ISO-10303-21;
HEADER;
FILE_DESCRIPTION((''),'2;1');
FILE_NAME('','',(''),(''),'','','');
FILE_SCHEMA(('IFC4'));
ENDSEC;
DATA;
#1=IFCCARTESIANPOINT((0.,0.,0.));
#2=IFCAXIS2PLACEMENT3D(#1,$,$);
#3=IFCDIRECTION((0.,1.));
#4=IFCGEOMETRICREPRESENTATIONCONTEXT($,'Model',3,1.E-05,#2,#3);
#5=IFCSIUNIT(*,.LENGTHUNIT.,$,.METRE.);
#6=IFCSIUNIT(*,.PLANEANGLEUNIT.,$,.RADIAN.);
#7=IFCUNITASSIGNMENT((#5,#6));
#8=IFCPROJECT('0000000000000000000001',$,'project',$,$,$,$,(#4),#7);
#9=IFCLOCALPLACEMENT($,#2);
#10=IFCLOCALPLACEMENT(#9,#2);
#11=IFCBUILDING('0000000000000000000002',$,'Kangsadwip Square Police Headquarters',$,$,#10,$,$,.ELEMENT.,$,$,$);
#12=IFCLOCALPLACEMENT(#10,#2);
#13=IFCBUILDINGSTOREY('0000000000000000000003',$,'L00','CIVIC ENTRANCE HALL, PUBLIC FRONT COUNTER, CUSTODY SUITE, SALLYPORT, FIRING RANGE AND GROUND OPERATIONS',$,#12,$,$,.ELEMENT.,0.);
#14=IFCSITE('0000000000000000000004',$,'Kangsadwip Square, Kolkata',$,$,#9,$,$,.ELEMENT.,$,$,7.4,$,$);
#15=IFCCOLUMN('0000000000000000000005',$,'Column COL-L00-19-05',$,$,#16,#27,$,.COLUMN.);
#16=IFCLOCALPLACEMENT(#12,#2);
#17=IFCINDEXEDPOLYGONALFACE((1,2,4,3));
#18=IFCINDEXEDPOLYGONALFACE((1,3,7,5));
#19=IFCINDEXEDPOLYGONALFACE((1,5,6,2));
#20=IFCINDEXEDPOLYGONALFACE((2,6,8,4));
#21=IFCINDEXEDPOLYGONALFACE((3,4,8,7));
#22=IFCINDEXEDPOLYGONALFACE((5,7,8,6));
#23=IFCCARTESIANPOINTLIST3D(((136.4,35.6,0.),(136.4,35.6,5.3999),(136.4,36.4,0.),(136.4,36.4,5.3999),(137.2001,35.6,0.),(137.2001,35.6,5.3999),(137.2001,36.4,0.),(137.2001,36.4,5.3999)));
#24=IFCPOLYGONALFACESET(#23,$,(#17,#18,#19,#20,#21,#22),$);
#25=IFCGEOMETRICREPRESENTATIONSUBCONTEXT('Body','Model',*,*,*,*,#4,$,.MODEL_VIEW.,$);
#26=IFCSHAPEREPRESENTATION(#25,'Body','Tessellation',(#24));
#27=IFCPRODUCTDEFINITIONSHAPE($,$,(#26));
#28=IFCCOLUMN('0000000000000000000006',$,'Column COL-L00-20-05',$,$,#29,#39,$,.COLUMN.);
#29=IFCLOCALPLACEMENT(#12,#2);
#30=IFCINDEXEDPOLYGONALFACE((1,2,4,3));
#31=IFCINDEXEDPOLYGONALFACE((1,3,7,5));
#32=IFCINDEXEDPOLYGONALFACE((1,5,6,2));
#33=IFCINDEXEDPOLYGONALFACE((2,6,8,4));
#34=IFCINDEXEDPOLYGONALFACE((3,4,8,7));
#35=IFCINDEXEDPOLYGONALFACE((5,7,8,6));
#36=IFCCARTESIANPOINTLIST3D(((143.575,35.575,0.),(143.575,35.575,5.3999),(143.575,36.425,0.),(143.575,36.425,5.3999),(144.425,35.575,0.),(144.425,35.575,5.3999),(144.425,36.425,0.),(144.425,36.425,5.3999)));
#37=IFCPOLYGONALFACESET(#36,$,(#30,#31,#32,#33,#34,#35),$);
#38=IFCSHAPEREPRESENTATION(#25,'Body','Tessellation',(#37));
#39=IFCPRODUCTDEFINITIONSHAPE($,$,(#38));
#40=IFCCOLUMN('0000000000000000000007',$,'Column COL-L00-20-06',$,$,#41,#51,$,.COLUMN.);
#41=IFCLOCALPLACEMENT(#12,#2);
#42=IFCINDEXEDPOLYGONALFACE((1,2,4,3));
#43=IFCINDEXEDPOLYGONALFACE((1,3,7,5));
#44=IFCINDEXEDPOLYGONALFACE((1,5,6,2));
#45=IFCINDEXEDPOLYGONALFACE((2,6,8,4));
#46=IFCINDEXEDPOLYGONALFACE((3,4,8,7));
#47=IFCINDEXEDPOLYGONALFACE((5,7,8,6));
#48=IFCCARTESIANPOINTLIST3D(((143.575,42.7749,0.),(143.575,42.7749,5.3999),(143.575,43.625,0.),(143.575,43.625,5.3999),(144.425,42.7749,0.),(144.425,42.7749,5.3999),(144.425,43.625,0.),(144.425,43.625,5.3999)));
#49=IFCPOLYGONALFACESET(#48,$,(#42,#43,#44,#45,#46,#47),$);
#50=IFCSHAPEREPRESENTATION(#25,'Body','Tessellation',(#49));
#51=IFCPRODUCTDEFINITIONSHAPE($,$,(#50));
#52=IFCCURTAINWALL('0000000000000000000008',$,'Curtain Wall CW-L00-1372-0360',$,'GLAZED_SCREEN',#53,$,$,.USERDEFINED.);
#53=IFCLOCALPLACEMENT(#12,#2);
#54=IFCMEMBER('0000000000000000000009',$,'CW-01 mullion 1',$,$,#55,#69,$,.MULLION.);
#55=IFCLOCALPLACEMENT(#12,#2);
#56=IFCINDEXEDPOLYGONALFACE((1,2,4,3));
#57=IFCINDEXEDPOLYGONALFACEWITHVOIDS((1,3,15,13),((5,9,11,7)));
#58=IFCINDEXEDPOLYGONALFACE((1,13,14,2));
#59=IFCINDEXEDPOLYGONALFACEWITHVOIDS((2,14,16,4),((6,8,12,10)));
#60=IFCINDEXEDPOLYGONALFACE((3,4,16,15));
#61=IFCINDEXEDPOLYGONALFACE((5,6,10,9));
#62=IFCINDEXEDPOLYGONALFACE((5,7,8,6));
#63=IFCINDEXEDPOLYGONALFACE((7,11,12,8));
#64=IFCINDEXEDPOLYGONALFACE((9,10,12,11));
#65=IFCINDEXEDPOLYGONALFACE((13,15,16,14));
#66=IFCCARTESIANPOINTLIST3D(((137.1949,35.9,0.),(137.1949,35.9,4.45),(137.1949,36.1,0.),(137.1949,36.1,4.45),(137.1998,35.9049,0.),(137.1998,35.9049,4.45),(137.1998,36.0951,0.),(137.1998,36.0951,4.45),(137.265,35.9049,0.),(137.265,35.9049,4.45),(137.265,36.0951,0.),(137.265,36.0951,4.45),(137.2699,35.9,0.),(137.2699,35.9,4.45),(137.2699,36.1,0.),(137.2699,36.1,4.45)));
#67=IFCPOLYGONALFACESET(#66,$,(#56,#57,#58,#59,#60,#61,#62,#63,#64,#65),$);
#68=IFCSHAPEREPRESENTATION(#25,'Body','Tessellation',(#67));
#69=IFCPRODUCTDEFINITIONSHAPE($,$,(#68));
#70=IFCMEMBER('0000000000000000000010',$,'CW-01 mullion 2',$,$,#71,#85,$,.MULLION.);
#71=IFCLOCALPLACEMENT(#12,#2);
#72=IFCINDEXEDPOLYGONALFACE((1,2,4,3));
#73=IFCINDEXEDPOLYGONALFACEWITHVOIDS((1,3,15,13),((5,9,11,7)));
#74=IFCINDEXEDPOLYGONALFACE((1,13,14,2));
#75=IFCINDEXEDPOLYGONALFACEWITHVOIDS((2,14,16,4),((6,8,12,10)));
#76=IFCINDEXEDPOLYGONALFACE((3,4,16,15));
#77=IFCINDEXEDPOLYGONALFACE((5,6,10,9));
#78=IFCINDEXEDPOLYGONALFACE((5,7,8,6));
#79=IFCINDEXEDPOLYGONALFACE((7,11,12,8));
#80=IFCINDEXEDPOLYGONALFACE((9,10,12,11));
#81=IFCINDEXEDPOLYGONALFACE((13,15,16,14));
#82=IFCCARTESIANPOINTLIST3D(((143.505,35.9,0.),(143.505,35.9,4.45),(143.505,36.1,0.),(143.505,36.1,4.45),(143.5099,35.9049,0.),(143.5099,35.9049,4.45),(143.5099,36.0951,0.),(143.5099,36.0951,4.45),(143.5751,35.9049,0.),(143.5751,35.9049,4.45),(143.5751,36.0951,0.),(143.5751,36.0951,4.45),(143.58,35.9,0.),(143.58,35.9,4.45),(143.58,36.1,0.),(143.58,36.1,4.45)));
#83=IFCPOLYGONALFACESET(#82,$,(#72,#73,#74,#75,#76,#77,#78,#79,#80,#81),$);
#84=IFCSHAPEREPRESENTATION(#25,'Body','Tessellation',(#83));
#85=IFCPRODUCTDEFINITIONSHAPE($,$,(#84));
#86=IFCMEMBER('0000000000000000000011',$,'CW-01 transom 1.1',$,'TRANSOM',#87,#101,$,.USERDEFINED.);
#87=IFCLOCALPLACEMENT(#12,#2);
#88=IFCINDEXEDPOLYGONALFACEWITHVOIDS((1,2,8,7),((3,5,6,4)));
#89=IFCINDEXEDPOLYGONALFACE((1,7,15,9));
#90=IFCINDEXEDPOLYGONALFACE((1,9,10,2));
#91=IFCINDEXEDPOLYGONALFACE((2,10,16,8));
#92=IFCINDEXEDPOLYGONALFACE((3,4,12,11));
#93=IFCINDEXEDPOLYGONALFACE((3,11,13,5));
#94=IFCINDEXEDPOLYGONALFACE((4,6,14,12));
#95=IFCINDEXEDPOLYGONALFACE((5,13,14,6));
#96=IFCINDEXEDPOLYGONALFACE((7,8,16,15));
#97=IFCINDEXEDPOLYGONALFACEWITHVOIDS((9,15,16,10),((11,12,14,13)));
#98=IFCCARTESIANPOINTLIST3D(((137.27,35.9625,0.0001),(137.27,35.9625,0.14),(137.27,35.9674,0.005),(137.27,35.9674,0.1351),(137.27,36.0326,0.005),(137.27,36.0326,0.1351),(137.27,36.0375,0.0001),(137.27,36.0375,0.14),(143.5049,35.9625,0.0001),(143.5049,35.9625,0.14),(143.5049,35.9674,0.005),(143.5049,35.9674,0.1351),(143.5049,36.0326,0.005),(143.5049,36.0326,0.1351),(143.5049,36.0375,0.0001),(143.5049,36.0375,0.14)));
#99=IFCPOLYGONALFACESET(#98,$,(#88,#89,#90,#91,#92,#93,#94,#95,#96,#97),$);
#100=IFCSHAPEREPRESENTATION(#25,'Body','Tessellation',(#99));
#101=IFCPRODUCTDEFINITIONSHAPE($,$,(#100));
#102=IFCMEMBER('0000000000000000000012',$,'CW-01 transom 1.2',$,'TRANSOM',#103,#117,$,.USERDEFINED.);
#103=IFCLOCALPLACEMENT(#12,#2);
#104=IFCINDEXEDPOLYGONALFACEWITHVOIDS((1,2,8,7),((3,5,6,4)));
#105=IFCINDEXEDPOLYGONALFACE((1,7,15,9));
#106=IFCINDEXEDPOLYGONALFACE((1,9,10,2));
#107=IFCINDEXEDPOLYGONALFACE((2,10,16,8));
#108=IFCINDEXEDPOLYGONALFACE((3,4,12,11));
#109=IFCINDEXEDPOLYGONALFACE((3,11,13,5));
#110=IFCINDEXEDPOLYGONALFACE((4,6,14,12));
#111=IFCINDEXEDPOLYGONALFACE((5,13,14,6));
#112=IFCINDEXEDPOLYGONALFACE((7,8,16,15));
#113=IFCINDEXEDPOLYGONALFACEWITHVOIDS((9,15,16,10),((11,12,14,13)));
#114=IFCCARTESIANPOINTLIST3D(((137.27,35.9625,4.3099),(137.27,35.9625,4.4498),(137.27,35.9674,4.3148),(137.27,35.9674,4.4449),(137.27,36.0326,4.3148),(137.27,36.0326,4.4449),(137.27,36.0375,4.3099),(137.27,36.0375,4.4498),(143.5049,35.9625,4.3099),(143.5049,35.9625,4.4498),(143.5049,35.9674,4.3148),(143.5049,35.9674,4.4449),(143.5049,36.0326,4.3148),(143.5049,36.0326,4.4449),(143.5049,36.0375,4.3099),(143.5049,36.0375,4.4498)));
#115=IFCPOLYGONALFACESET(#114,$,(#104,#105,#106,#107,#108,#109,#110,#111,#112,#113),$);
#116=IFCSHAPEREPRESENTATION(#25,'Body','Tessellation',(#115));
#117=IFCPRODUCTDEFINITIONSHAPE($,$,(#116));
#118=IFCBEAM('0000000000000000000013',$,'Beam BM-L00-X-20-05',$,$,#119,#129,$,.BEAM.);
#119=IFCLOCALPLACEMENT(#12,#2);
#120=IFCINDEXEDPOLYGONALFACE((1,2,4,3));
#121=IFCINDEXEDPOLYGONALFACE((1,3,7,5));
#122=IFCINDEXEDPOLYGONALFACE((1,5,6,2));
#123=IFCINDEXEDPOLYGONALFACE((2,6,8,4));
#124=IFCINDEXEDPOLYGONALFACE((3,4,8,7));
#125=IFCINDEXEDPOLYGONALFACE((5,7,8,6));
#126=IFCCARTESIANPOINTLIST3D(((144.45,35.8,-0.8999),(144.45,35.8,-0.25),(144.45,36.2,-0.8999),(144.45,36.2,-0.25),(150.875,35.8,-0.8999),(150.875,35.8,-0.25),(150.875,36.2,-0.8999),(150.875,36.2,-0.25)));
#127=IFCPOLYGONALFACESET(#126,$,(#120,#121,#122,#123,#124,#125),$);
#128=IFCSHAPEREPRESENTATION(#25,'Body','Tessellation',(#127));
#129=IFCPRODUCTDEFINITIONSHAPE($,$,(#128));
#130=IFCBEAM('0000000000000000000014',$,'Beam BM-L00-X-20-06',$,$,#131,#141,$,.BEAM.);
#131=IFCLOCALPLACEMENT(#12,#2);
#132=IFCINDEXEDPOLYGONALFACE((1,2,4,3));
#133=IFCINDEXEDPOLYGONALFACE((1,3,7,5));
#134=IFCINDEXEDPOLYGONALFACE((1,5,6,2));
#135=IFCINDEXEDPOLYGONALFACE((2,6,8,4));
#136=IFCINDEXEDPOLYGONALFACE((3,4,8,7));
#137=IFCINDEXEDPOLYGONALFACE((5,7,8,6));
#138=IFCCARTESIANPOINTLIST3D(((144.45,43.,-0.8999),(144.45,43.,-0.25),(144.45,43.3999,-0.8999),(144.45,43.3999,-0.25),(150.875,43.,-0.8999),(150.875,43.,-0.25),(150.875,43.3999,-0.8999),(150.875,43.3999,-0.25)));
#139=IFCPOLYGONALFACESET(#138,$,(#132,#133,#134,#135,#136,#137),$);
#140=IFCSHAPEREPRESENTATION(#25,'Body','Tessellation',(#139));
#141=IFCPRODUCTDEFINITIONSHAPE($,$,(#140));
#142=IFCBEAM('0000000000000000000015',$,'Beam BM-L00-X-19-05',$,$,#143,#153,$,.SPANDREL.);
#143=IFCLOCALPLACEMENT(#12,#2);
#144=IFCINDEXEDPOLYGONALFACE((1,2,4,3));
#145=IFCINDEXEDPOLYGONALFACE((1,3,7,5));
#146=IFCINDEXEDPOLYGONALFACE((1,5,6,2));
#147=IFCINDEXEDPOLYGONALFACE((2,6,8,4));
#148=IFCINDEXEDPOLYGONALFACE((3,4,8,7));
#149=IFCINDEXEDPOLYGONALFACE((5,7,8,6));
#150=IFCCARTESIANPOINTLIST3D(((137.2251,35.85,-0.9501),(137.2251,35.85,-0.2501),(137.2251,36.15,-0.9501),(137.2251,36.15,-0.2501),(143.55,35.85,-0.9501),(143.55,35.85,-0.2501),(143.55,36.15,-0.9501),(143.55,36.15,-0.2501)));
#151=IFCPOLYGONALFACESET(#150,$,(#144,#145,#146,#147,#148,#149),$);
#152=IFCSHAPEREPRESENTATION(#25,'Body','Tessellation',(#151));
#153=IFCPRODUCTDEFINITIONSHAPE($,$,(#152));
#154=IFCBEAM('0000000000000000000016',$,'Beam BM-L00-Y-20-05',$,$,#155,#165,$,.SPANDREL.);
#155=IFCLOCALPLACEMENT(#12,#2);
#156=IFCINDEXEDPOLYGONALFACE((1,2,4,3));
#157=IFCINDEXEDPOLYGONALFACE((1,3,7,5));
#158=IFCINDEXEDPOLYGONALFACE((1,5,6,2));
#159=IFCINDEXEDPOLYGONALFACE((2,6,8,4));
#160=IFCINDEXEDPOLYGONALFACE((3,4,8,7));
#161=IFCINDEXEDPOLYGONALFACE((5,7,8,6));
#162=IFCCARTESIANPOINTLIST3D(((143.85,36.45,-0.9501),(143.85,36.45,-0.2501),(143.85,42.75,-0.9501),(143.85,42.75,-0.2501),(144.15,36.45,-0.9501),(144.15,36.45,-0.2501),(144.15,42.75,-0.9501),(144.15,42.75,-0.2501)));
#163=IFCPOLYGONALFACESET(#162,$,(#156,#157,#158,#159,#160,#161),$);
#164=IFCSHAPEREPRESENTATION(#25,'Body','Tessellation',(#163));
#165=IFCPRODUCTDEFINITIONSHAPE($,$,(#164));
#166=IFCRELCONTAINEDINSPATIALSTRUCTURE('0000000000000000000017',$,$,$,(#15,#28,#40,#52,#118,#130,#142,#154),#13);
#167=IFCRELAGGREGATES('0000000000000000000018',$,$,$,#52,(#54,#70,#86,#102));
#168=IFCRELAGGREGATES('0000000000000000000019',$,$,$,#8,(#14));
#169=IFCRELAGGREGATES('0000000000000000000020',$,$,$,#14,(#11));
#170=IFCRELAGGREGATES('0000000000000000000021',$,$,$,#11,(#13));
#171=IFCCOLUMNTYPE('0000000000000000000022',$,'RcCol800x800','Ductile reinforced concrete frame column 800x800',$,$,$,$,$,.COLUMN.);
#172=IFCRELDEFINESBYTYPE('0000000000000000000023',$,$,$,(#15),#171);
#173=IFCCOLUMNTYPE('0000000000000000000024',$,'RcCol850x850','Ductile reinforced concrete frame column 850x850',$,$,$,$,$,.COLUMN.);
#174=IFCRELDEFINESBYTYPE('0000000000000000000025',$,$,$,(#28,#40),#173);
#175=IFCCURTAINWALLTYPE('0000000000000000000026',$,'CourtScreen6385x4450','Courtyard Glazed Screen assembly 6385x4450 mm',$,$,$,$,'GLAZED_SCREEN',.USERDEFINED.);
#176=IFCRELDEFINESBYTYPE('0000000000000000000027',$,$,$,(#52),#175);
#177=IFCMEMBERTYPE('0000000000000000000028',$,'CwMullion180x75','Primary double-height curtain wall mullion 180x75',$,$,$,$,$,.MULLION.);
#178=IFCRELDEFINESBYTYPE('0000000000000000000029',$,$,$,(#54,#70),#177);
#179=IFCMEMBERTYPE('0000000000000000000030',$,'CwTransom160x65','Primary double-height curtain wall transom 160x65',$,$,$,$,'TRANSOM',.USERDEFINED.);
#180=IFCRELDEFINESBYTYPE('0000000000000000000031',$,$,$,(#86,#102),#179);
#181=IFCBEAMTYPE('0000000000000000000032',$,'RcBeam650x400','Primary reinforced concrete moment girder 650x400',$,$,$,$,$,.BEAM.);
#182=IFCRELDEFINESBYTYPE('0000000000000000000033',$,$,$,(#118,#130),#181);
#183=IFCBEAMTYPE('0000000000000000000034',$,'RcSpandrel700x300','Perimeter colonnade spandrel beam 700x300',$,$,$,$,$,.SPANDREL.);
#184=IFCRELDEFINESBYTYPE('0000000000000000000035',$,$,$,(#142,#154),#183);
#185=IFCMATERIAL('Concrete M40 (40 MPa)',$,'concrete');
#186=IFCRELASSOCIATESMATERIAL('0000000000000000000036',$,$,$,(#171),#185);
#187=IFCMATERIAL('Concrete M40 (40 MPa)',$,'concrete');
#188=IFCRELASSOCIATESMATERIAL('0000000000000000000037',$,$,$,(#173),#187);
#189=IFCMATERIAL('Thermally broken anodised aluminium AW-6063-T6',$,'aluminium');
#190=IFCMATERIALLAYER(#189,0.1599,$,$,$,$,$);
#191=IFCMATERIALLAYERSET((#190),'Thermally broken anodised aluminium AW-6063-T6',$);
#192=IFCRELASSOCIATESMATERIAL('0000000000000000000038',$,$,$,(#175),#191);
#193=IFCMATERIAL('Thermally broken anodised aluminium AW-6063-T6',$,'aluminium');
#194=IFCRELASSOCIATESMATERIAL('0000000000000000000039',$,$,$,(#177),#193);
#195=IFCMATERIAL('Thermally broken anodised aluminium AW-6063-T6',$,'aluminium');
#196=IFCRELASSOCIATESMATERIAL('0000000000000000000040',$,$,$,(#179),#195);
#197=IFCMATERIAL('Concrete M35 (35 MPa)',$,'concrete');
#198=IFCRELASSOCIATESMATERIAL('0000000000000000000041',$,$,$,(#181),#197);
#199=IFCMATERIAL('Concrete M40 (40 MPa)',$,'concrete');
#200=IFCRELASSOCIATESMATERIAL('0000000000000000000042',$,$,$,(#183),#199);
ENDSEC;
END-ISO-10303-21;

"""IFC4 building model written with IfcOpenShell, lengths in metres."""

from ifc_helpers import new_model, si_unit, direction, frame, origin, origin_2d, place, context, subcontext, project, spatial, rectangle, hollow_rectangle, extrude, material, layer, layer_set, material_profile, profile_set, type_object, element, aggregate, save


model = new_model("IFC4")

# Units and contexts
model_context = context("Model", 3, precision=1e-05, world=origin(), true_north=direction((0.0, 1.0)))
body_context = subcontext(model_context, "Body", "Model", "MODEL_VIEW")
ifc_project = project(units=[si_unit("LENGTHUNIT", "METRE"), si_unit("PLANEANGLEUNIT", "RADIAN")], contexts=[model_context])

# Site, building, storey
site_placement = place(None, origin())
site = spatial("IfcSite", under=ifc_project, at=site_placement, Name="Kangsadwip Square, Kolkata", CompositionType="ELEMENT", RefElevation=7.4)
building_placement = place(site_placement, origin())
building = spatial("IfcBuilding", under=site, at=building_placement, Name="Kangsadwip Square Police Headquarters", CompositionType="ELEMENT")
storey_placement = place(building_placement, origin())
storey = spatial("IfcBuildingStorey", under=building, at=storey_placement, Name="L00", Description="CIVIC ENTRANCE HALL, PUBLIC FRONT COUNTER, CUSTODY SUITE, SALLYPORT, FIRING RANGE AND GROUND OPERATIONS", CompositionType="ELEMENT", Elevation=0.0)

# Columns
ifc_material_1 = material(Name="Concrete M40 (40 MPa)", Category="concrete")
ifc_material_profile_1 = material_profile(ifc_material_1, rectangle(XDim=0.8, YDim=0.8, at=origin_2d()), Name="RC COL 800X800")
ifc_profile_set_1 = profile_set([ifc_material_profile_1], Name="Concrete M40 (40 MPa)")
column_type_1 = type_object("IfcColumnType", Name="RcCol800x800", Description="Ductile reinforced concrete frame column 800x800", PredefinedType="COLUMN", material=ifc_profile_set_1)
column_placement = place(storey_placement, frame((136.8, 36.0, 0.0), z_axis=(0.0, 0.0, 1.0), x_axis=(1.0, 0.0, 0.0)))
element("IfcColumn", 1, at=column_placement, inside=storey, type_object=column_type_1, Name="Column COL-L00-19-05", PredefinedType="COLUMN", context=body_context, shape_type="SweptSolid", body=[
    extrude(rectangle(XDim=0.8, YDim=0.8, at=origin_2d()), origin(), (0.0, 0.0, 1.0), 5.3999),
])
ifc_material_2 = material(Name="Concrete M40 (40 MPa)", Category="concrete")
ifc_material_profile_2 = material_profile(ifc_material_2, rectangle(XDim=0.8501, YDim=0.8501, at=origin_2d()), Name="RC COL 850X850")
ifc_profile_set_2 = profile_set([ifc_material_profile_2], Name="Concrete M40 (40 MPa)")
column_type_2 = type_object("IfcColumnType", Name="RcCol850x850", Description="Ductile reinforced concrete frame column 850x850", PredefinedType="COLUMN", material=ifc_profile_set_2)
for number, where, z_axis, x_axis, name in (
    (2, (144.0, 36.0, 0.0), (0.0, 0.0, 1.0), (1.0, 0.0, 0.0), "Column COL-L00-20-05"),
    (3, (144.0, 43.2, 0.0), (0.0, 0.0, 1.0), (1.0, 0.0, 0.0), "Column COL-L00-20-06"),
):
    element("IfcColumn", number, at=place(storey_placement, frame(where, z_axis=z_axis, x_axis=x_axis)), inside=storey, type_object=column_type_2, Name=name, PredefinedType="COLUMN", context=body_context, shape_type="SweptSolid", body=[
        extrude(rectangle(XDim=0.8501, YDim=0.8501, at=origin_2d()), origin(), (0.0, 0.0, 1.0), 5.3999),
    ])

# Curtain wall, members
ifc_material_3 = material(Name="Thermally broken anodised aluminium AW-6063-T6", Category="aluminium")
ifc_layer_1 = layer(ifc_material_3, 0.1599)
ifc_layer_set_1 = layer_set([ifc_layer_1], Name="Thermally broken anodised aluminium AW-6063-T6")
curtain_wall_type = type_object("IfcCurtainWallType", Name="CourtScreen6385x4450", Description="Courtyard Glazed Screen assembly 6385x4450 mm", ElementType="GLAZED_SCREEN", PredefinedType="USERDEFINED", material=ifc_layer_set_1)
curtain_wall_placement = place(storey_placement, origin())
curtain_wall = element("IfcCurtainWall", 4, at=curtain_wall_placement, inside=storey, type_object=curtain_wall_type, Name="Curtain Wall CW-L00-1372-0360", ObjectType="GLAZED_SCREEN", PredefinedType="USERDEFINED")
ifc_material_4 = material(Name="Thermally broken anodised aluminium AW-6063-T6", Category="aluminium")
ifc_material_profile_3 = material_profile(ifc_material_4, hollow_rectangle(XDim=0.075, YDim=0.2, WallThickness=0.0049, at=origin_2d()), Name="CWM 200X75X5")
ifc_profile_set_3 = profile_set([ifc_material_profile_3], Name="Thermally broken anodised aluminium AW-6063-T6")
member_type_1 = type_object("IfcMemberType", Name="CwMullion180x75", Description="Primary double-height curtain wall mullion 180x75", PredefinedType="MULLION", material=ifc_profile_set_3)
member_1_placement = place(storey_placement, frame((137.2324, 36.0, 0.0), z_axis=(0.0, 0.0, 1.0), x_axis=(1.0, 0.0, 0.0)))
member_1 = element("IfcMember", 5, at=member_1_placement, type_object=member_type_1, Name="CW-01 mullion 1", PredefinedType="MULLION", context=body_context, shape_type="SweptSolid", body=[
    extrude(hollow_rectangle(XDim=0.075, YDim=0.2, WallThickness=0.0049, at=origin_2d()), origin(), (0.0, 0.0, 1.0), 4.45),
])
member_2_placement = place(storey_placement, frame((143.5425, 36.0, 0.0), z_axis=(0.0, 0.0, 1.0), x_axis=(1.0, 0.0, 0.0)))
member_2 = element("IfcMember", 6, at=member_2_placement, type_object=member_type_1, Name="CW-01 mullion 2", PredefinedType="MULLION", context=body_context, shape_type="SweptSolid", body=[
    extrude(hollow_rectangle(XDim=0.075, YDim=0.2, WallThickness=0.0049, at=origin_2d()), origin(), (0.0, 0.0, 1.0), 4.45),
])
ifc_material_5 = material(Name="Thermally broken anodised aluminium AW-6063-T6", Category="aluminium")
ifc_material_profile_4 = material_profile(ifc_material_5, hollow_rectangle(XDim=0.075, YDim=0.1399, WallThickness=0.0049, at=origin_2d()), Name="CWT 140X75X5")
ifc_profile_set_4 = profile_set([ifc_material_profile_4], Name="Thermally broken anodised aluminium AW-6063-T6")
member_type_2 = type_object("IfcMemberType", Name="CwTransom160x65", Description="Primary double-height curtain wall transom 160x65", ElementType="TRANSOM", PredefinedType="USERDEFINED", material=ifc_profile_set_4)
member_3_placement = place(storey_placement, frame((137.27, 36.0, 0.0701), z_axis=(1.0, 0.0, 0.0), x_axis=(0.0, 1.0, 0.0)))
member_3 = element("IfcMember", 7, at=member_3_placement, type_object=member_type_2, Name="CW-01 transom 1.1", ObjectType="TRANSOM", PredefinedType="USERDEFINED", context=body_context, shape_type="SweptSolid", body=[
    extrude(hollow_rectangle(XDim=0.075, YDim=0.1399, WallThickness=0.0049, at=origin_2d()), origin(), (0.0, 0.0, 1.0), 6.2349),
])
member_4_placement = place(storey_placement, frame((137.27, 36.0, 4.3799), z_axis=(1.0, 0.0, 0.0), x_axis=(0.0, 1.0, 0.0)))
member_4 = element("IfcMember", 8, at=member_4_placement, type_object=member_type_2, Name="CW-01 transom 1.2", ObjectType="TRANSOM", PredefinedType="USERDEFINED", context=body_context, shape_type="SweptSolid", body=[
    extrude(hollow_rectangle(XDim=0.075, YDim=0.1399, WallThickness=0.0049, at=origin_2d()), origin(), (0.0, 0.0, 1.0), 6.2349),
])

# Beams
ifc_material_6 = material(Name="Concrete M35 (35 MPa)", Category="concrete")
ifc_material_profile_5 = material_profile(ifc_material_6, rectangle(XDim=0.3999, YDim=0.6499, at=origin_2d()), Name="RC BM 650X400")
ifc_profile_set_5 = profile_set([ifc_material_profile_5], Name="Concrete M35 (35 MPa)")
beam_type_1 = type_object("IfcBeamType", Name="RcBeam650x400", Description="Primary reinforced concrete moment girder 650x400", PredefinedType="BEAM", material=ifc_profile_set_5)
for number, where, z_axis, x_axis, name in (
    (9, (144.45, 36.0, -0.575), (1.0, 0.0, 0.0), (0.0, 1.0, 0.0), "Beam BM-L00-X-20-05"),
    (10, (144.45, 43.2, -0.575), (1.0, 0.0, 0.0), (0.0, 1.0, 0.0), "Beam BM-L00-X-20-06"),
):
    element("IfcBeam", number, at=place(storey_placement, frame(where, z_axis=z_axis, x_axis=x_axis)), inside=storey, type_object=beam_type_1, Name=name, PredefinedType="BEAM", context=body_context, shape_type="SweptSolid", body=[
        extrude(rectangle(XDim=0.3999, YDim=0.6499, at=origin_2d()), origin(), (0.0, 0.0, 1.0), 6.425),
    ])
ifc_material_7 = material(Name="Concrete M40 (40 MPa)", Category="concrete")
ifc_material_profile_6 = material_profile(ifc_material_7, rectangle(XDim=0.3, YDim=0.7, at=origin_2d()), Name="RC SPN 700X300")
ifc_profile_set_6 = profile_set([ifc_material_profile_6], Name="Concrete M40 (40 MPa)")
beam_type_2 = type_object("IfcBeamType", Name="RcSpandrel700x300", Description="Perimeter colonnade spandrel beam 700x300", PredefinedType="SPANDREL", material=ifc_profile_set_6)
beam_1_placement = place(storey_placement, frame((137.2251, 36.0, -0.6001), z_axis=(1.0, 0.0, 0.0), x_axis=(0.0, 1.0, 0.0)))
element("IfcBeam", 11, at=beam_1_placement, inside=storey, type_object=beam_type_2, Name="Beam BM-L00-X-19-05", PredefinedType="SPANDREL", context=body_context, shape_type="SweptSolid", body=[
    extrude(rectangle(XDim=0.3, YDim=0.7, at=origin_2d()), origin(), (0.0, 0.0, 1.0), 6.325),
])
beam_2_placement = place(storey_placement, frame((144.0, 36.45, -0.6001), z_axis=(0.0, 1.0, 0.0), x_axis=(-1.0, 0.0, 0.0)))
element("IfcBeam", 12, at=beam_2_placement, inside=storey, type_object=beam_type_2, Name="Beam BM-L00-Y-20-05", PredefinedType="SPANDREL", context=body_context, shape_type="SweptSolid", body=[
    extrude(rectangle(XDim=0.3, YDim=0.7, at=origin_2d()), origin(), (0.0, 0.0, 1.0), 6.3),
])

aggregate(curtain_wall, [member_1, member_2, member_3, member_4])

save(model, "model.ifc")
